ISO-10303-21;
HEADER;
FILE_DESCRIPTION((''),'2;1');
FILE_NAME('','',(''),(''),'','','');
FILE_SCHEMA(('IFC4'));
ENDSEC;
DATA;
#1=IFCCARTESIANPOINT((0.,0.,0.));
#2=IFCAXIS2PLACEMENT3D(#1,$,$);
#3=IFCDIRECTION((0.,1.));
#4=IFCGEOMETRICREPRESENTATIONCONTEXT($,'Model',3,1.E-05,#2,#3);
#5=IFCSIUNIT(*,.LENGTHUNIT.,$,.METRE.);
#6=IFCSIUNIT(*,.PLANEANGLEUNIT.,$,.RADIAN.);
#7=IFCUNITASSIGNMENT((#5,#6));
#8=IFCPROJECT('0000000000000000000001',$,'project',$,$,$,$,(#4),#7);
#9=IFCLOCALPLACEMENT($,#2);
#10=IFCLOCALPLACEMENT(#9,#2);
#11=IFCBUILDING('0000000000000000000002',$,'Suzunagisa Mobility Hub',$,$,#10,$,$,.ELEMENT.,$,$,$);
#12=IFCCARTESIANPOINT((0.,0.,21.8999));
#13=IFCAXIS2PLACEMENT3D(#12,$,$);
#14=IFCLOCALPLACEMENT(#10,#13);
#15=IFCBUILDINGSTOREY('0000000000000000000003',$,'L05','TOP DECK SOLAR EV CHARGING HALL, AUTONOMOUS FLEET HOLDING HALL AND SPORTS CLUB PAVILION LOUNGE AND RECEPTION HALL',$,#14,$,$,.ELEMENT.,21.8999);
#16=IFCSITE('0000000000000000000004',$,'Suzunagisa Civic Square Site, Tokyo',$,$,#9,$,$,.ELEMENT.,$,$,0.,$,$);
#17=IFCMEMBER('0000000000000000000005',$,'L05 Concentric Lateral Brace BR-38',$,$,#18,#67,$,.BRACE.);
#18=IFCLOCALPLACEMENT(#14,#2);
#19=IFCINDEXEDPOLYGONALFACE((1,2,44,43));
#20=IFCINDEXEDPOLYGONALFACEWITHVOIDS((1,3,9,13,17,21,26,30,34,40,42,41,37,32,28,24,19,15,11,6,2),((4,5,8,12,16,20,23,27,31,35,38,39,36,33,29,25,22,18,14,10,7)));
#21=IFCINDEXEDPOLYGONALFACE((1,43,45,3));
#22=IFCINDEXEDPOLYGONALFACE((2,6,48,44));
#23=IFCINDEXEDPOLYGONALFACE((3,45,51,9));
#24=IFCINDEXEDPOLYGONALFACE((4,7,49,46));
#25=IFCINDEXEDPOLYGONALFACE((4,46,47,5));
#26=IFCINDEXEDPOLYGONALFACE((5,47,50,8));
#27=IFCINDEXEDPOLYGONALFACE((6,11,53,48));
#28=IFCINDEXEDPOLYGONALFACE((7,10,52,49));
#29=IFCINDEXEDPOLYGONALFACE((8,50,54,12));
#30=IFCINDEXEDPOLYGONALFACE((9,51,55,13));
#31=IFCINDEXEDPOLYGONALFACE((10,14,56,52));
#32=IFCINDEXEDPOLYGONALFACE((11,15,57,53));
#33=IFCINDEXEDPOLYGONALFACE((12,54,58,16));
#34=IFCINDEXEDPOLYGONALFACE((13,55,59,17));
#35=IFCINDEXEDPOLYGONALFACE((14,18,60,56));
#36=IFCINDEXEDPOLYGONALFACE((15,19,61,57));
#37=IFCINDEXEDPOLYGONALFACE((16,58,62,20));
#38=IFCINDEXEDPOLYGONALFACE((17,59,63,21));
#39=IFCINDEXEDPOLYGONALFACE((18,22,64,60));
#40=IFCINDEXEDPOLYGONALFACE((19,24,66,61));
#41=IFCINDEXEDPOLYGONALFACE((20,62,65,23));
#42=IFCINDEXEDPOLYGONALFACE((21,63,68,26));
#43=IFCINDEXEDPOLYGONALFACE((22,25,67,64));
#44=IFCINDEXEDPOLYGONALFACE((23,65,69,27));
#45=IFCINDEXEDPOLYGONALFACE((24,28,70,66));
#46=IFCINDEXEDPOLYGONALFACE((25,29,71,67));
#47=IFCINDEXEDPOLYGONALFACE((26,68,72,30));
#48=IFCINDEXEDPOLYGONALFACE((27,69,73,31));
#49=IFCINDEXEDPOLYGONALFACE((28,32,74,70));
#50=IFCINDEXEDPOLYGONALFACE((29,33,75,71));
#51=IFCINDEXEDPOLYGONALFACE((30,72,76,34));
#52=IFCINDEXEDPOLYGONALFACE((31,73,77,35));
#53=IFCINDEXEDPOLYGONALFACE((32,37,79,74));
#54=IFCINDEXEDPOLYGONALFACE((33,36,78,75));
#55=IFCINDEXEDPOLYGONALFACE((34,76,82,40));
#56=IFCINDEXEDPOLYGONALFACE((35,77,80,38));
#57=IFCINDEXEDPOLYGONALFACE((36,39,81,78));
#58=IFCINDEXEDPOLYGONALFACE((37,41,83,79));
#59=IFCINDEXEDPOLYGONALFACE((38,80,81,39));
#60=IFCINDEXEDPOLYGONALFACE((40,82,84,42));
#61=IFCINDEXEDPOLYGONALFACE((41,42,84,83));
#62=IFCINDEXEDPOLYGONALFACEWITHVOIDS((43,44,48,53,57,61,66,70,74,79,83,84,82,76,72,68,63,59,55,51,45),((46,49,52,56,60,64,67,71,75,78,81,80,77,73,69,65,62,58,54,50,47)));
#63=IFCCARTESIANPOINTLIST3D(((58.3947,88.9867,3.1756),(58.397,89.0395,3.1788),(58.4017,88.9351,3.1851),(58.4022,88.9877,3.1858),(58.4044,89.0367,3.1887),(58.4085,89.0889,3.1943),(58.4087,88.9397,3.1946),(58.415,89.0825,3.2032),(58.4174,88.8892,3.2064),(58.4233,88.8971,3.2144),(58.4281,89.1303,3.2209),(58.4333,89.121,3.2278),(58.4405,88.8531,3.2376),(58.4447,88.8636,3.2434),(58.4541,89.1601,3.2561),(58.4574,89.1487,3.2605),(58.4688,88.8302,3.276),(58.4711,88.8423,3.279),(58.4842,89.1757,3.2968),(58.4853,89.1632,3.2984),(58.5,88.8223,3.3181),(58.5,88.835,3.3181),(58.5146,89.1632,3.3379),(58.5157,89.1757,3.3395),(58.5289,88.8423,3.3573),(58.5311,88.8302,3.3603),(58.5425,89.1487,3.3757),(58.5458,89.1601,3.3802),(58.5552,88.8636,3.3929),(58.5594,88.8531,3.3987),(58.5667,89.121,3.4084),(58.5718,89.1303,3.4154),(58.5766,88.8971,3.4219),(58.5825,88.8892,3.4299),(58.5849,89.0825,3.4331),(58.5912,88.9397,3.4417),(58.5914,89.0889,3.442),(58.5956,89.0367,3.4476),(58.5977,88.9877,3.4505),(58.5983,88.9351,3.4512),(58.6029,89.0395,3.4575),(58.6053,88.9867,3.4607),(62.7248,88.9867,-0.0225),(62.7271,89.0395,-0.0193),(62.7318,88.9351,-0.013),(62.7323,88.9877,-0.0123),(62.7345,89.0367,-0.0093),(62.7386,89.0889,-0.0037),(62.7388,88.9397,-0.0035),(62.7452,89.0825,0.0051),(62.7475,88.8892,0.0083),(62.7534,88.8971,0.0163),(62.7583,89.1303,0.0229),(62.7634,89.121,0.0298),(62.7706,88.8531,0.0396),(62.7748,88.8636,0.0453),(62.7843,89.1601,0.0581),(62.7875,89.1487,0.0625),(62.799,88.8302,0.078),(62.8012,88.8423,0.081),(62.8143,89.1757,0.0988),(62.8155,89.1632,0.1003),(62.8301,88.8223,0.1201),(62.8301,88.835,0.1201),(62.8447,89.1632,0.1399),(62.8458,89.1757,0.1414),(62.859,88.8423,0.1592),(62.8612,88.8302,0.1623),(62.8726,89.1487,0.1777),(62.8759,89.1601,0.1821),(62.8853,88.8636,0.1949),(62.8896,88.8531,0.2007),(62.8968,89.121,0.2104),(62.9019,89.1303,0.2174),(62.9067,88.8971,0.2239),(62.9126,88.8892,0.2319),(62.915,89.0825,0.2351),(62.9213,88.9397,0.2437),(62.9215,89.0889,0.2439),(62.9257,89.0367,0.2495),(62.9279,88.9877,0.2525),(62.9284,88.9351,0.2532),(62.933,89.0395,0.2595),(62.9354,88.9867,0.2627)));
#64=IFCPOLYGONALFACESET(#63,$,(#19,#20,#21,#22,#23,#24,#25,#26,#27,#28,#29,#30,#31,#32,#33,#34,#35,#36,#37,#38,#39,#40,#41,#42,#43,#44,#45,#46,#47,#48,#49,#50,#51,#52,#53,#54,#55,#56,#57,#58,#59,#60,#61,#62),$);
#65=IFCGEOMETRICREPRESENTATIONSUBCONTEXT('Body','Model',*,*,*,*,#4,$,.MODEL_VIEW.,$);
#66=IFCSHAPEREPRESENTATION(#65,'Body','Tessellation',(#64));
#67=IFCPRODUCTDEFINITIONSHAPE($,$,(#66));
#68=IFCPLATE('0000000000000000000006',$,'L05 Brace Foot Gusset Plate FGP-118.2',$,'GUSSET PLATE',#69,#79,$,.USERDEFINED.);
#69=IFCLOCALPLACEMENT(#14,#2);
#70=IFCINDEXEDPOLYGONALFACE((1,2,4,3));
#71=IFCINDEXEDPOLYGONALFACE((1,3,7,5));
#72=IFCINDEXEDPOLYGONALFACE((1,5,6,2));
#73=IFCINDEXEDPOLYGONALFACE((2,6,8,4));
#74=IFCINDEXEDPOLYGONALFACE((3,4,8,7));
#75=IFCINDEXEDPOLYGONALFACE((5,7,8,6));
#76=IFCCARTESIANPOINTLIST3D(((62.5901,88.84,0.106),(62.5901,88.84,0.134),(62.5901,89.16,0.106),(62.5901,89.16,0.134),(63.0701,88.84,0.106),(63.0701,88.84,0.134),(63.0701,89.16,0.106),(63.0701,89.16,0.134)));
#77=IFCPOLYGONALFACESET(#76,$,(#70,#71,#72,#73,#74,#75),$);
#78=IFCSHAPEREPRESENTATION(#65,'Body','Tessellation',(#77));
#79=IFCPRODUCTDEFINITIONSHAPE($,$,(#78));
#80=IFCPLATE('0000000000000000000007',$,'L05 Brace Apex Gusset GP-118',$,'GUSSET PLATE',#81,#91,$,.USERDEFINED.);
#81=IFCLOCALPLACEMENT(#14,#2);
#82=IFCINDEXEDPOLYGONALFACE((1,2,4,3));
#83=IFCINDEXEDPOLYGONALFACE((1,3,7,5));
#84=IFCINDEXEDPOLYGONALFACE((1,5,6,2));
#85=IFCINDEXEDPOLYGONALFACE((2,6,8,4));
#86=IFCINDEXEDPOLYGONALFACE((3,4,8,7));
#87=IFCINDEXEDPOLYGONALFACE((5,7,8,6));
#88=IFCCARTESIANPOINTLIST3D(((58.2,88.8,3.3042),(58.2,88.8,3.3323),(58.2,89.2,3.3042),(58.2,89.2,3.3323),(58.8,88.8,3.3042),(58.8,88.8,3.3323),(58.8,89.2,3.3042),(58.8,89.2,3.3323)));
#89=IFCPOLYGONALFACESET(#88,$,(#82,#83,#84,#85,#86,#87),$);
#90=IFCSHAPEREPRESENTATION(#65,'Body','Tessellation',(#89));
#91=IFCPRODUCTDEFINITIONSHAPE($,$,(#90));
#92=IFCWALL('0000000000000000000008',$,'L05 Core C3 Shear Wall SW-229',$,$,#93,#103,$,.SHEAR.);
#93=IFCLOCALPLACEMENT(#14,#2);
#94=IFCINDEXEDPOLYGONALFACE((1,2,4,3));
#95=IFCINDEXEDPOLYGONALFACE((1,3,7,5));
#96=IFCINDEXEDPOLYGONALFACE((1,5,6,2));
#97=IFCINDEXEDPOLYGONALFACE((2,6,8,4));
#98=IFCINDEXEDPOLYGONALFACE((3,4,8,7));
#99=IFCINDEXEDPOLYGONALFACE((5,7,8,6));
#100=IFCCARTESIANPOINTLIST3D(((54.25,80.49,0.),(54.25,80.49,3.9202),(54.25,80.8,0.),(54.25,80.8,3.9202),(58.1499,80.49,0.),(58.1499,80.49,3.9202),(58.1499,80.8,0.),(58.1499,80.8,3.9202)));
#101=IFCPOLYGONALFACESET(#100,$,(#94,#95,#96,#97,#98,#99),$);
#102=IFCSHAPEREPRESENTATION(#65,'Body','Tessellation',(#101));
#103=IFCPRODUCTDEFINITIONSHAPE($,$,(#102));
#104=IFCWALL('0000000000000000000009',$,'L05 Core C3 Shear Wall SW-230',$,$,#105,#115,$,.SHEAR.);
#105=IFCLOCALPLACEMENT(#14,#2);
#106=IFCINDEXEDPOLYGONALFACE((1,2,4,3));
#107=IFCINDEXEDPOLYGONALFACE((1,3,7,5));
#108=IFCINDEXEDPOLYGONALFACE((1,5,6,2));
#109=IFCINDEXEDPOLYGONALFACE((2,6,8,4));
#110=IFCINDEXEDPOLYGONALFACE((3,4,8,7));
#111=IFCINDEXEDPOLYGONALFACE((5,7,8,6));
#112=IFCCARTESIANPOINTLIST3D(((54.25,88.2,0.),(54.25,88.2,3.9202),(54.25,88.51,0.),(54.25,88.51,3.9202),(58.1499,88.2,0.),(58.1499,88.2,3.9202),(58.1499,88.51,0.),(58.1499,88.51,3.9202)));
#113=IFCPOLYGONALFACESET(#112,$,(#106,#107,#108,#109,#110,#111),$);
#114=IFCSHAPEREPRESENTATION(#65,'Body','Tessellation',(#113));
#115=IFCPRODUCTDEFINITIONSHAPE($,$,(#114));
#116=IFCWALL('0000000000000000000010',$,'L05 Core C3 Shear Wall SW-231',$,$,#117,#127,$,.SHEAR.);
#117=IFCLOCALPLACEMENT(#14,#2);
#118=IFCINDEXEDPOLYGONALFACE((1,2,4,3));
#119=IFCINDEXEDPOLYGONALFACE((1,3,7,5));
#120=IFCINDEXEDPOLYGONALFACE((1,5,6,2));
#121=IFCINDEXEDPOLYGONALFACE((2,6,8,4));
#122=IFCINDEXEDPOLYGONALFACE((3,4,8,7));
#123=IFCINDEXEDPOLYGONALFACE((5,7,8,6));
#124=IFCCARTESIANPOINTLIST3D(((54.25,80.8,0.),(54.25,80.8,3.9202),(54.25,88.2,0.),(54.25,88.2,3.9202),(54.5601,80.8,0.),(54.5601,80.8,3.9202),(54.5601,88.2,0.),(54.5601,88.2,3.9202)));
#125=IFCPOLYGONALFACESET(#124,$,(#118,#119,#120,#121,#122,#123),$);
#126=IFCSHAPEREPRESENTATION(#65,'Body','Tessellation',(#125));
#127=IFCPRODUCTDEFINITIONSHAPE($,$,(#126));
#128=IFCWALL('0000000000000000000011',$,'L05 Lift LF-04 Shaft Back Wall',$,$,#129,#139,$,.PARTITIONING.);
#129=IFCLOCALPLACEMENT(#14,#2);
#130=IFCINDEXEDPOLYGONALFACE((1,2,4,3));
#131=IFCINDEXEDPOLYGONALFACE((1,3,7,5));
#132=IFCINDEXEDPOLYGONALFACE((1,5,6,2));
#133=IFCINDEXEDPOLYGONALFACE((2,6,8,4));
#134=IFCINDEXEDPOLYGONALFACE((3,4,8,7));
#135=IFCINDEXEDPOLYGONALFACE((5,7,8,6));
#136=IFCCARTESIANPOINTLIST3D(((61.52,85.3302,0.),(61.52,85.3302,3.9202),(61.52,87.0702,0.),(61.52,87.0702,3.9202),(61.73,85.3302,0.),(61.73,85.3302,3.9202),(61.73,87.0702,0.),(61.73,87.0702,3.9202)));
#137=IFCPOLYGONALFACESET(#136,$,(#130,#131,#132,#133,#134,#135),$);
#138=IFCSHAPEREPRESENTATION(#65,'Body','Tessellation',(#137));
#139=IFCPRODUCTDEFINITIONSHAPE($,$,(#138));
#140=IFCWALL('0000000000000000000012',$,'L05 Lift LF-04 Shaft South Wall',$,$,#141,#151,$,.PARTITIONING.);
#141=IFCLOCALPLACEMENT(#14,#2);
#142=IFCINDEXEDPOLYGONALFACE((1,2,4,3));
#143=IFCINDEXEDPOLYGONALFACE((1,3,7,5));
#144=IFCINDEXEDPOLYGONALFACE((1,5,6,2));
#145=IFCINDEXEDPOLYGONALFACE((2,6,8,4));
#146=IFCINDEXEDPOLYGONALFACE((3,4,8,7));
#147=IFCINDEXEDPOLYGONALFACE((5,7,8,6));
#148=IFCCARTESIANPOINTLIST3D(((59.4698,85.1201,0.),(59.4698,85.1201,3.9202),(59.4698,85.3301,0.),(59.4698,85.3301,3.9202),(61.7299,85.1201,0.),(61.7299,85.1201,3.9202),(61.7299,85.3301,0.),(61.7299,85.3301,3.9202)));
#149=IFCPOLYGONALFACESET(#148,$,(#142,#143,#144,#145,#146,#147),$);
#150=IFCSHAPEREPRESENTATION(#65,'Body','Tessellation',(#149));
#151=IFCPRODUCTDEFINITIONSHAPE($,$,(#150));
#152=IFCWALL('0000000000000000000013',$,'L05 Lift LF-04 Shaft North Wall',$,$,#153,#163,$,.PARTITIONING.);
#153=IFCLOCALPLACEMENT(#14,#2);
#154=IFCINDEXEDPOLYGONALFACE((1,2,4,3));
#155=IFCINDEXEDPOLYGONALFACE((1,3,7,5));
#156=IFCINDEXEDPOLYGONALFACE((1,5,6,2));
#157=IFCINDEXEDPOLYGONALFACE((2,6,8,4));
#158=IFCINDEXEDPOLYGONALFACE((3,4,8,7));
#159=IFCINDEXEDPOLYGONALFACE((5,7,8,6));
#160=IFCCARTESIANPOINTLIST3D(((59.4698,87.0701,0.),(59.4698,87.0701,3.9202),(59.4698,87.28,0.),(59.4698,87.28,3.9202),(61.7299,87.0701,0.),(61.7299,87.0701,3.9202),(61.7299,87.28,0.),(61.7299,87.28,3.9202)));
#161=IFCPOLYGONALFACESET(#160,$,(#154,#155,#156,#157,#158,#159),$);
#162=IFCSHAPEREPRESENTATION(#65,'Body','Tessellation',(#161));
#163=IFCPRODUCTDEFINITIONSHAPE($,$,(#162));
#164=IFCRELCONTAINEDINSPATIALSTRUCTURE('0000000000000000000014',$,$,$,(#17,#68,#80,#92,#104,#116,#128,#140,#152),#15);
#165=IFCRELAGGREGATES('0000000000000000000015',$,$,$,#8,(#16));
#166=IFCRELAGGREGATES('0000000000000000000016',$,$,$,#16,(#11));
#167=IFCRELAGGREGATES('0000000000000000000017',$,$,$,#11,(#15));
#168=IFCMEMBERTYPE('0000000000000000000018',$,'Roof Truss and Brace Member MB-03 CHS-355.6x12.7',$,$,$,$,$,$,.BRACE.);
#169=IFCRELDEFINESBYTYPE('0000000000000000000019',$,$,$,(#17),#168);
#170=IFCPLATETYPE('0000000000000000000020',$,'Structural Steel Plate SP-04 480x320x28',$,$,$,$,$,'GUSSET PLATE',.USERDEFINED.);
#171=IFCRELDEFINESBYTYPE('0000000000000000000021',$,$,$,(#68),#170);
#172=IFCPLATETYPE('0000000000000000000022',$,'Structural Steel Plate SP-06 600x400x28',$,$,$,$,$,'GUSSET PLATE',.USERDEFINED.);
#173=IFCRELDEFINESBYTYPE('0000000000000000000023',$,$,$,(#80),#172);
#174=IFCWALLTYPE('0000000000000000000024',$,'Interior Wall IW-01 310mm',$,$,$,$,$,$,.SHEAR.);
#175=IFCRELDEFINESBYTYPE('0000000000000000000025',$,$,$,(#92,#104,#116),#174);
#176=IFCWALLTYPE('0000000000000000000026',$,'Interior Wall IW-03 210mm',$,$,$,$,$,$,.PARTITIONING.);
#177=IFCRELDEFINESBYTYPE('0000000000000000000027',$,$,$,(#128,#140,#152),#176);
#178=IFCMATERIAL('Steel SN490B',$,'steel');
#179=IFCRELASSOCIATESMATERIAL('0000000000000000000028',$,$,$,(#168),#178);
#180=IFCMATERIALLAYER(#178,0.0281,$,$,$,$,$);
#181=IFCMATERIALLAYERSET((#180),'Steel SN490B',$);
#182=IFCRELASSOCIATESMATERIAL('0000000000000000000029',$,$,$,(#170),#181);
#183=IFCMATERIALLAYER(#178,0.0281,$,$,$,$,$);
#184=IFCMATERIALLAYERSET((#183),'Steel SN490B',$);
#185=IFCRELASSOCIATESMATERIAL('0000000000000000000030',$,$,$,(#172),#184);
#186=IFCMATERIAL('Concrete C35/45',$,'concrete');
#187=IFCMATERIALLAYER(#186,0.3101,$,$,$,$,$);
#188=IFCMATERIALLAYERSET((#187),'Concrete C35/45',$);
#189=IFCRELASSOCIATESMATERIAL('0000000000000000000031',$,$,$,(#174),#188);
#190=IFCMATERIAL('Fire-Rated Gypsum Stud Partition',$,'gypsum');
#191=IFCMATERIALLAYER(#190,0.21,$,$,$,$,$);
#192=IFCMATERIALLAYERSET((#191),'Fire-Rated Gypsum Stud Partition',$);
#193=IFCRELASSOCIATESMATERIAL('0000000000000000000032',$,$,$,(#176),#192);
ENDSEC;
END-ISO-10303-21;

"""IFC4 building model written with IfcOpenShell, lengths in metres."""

from ifc_helpers import new_model, si_unit, direction, frame, frame_2d, origin, origin_2d, place, context, subcontext, project, spatial, rectangle, hollow_circle, extrude, material, layer, layer_set, material_profile, profile_set, type_object, element, save


model = new_model("IFC4")

# Units and contexts
model_context = context("Model", 3, precision=1e-05, world=origin(), true_north=direction((0.0, 1.0)))
body_context = subcontext(model_context, "Body", "Model", "MODEL_VIEW")
ifc_project = project(units=[si_unit("LENGTHUNIT", "METRE"), si_unit("PLANEANGLEUNIT", "RADIAN")], contexts=[model_context])

# Site, building, storey
site_placement = place(None, origin())
site = spatial("IfcSite", under=ifc_project, at=site_placement, Name="Suzunagisa Civic Square Site, Tokyo", CompositionType="ELEMENT", RefElevation=0.0)
building_placement = place(site_placement, origin())
building = spatial("IfcBuilding", under=site, at=building_placement, Name="Suzunagisa Mobility Hub", CompositionType="ELEMENT")
storey_placement = place(building_placement, frame((0.0, 0.0, 21.8999)))
storey = spatial("IfcBuildingStorey", under=building, at=storey_placement, Name="L05", Description="TOP DECK SOLAR EV CHARGING HALL, AUTONOMOUS FLEET HOLDING HALL AND SPORTS CLUB PAVILION LOUNGE AND RECEPTION HALL", CompositionType="ELEMENT", Elevation=21.8999)

# Member
ifc_material_1 = material(Name="Steel SN490B", Category="steel")
ifc_material_profile = material_profile(ifc_material_1, hollow_circle(Radius=0.1777, WallThickness=0.0127, at=origin_2d()), Name="CHS-355.6x12.7")
ifc_profile_set = profile_set([ifc_material_profile], Name="Steel SN490B")
member_type = type_object("IfcMemberType", Name="Roof Truss and Brace Member MB-03 CHS-355.6x12.7", PredefinedType="BRACE", material=ifc_profile_set)
member_placement = place(storey_placement, frame((62.8301, 89.0, 0.1201), z_axis=(-0.804398, 0.0, 0.594091), x_axis=(0.0, -1.0, 0.0)))
element("IfcMember", 1, at=member_placement, inside=storey, type_object=member_type, Name="L05 Concentric Lateral Brace BR-38", PredefinedType="BRACE", context=body_context, shape_type="SweptSolid", body=[
    extrude(hollow_circle(Radius=0.1777, WallThickness=0.0127, at=origin_2d()), origin(), (0.0, 0.0, 1.0), 5.3831),
])

# Plates
ifc_layer_1 = layer(ifc_material_1, 0.0281)
ifc_layer_set_1 = layer_set([ifc_layer_1], Name="Steel SN490B")
plate_type_1 = type_object("IfcPlateType", Name="Structural Steel Plate SP-04 480x320x28", ElementType="GUSSET PLATE", PredefinedType="USERDEFINED", material=ifc_layer_set_1)
plate_1_placement = place(storey_placement, frame((62.8301, 89.0, 0.106), z_axis=(0.0, 0.0, 1.0), x_axis=(1.0, 0.0, 0.0)))
element("IfcPlate", 2, at=plate_1_placement, inside=storey, type_object=plate_type_1, Name="L05 Brace Foot Gusset Plate FGP-118.2", ObjectType="GUSSET PLATE", PredefinedType="USERDEFINED", context=body_context, shape_type="SweptSolid", body=[
    extrude(rectangle(XDim=0.48, YDim=0.3201, at=origin_2d()), origin(), (0.0, 0.0, 1.0), 0.0281),
])
ifc_layer_2 = layer(ifc_material_1, 0.0281)
ifc_layer_set_2 = layer_set([ifc_layer_2], Name="Steel SN490B")
plate_type_2 = type_object("IfcPlateType", Name="Structural Steel Plate SP-06 600x400x28", ElementType="GUSSET PLATE", PredefinedType="USERDEFINED", material=ifc_layer_set_2)
plate_2_placement = place(storey_placement, frame((58.5, 89.0, 3.3042), z_axis=(0.0, 0.0, 1.0), x_axis=(1.0, 0.0, 0.0)))
element("IfcPlate", 3, at=plate_2_placement, inside=storey, type_object=plate_type_2, Name="L05 Brace Apex Gusset GP-118", ObjectType="GUSSET PLATE", PredefinedType="USERDEFINED", context=body_context, shape_type="SweptSolid", body=[
    extrude(rectangle(XDim=0.6001, YDim=0.3999, at=origin_2d()), origin(), (0.0, 0.0, 1.0), 0.0281),
])

# Walls
ifc_material_2 = material(Name="Concrete C35/45", Category="concrete")
ifc_layer_3 = layer(ifc_material_2, 0.3101)
ifc_layer_set_3 = layer_set([ifc_layer_3], Name="Concrete C35/45")
wall_type_1 = type_object("IfcWallType", Name="Interior Wall IW-01 310mm", PredefinedType="SHEAR", material=ifc_layer_set_3)
for number, where, z_axis, x_axis, name in (
    (4, (54.25, 80.645, 0.0), (0.0, 0.0, 1.0), (1.0, 0.0, 0.0), "L05 Core C3 Shear Wall SW-229"),
    (5, (54.25, 88.355, 0.0), (0.0, 0.0, 1.0), (1.0, 0.0, 0.0), "L05 Core C3 Shear Wall SW-230"),
):
    element("IfcWall", number, at=place(storey_placement, frame(where, z_axis=z_axis, x_axis=x_axis)), inside=storey, type_object=wall_type_1, Name=name, PredefinedType="SHEAR", context=body_context, shape_type="SweptSolid", body=[
        extrude(rectangle(XDim=3.8999, YDim=0.3101, at=frame_2d((1.95, 0.0))), origin(), (0.0, 0.0, 1.0), 3.9202),
    ])
wall_1_placement = place(storey_placement, frame((54.405, 80.8, 0.0), z_axis=(0.0, 0.0, 1.0), x_axis=(0.0, 1.0, 0.0)))
element("IfcWall", 6, at=wall_1_placement, inside=storey, type_object=wall_type_1, Name="L05 Core C3 Shear Wall SW-231", PredefinedType="SHEAR", context=body_context, shape_type="SweptSolid", body=[
    extrude(rectangle(XDim=7.3999, YDim=0.3101, at=frame_2d((3.7, 0.0))), origin(), (0.0, 0.0, 1.0), 3.9202),
])

# Shared definitions
ifc_material_3 = material(Name="Fire-Rated Gypsum Stud Partition", Category="gypsum")
ifc_layer_4 = layer(ifc_material_3, 0.21)
ifc_layer_set_4 = layer_set([ifc_layer_4], Name="Fire-Rated Gypsum Stud Partition")
wall_type_2 = type_object("IfcWallType", Name="Interior Wall IW-03 210mm", PredefinedType="PARTITIONING", material=ifc_layer_set_4)

# Walls
wall_2_placement = place(storey_placement, frame((61.625, 85.3301, 0.0), z_axis=(0.0, 0.0, 1.0), x_axis=(0.0, 1.0, 0.0)))
element("IfcWall", 7, at=wall_2_placement, inside=storey, type_object=wall_type_2, Name="L05 Lift LF-04 Shaft Back Wall", PredefinedType="PARTITIONING", context=body_context, shape_type="SweptSolid", body=[
    extrude(rectangle(XDim=1.74, YDim=0.21, at=frame_2d((0.8701, 0.0))), origin(), (0.0, 0.0, 1.0), 3.9202),
])
for number, where, z_axis, x_axis, name in (
    (8, (59.47, 85.2251, 0.0), (0.0, 0.0, 1.0), (1.0, 0.0, 0.0), "L05 Lift LF-04 Shaft South Wall"),
    (9, (59.47, 87.175, 0.0), (0.0, 0.0, 1.0), (1.0, 0.0, 0.0), "L05 Lift LF-04 Shaft North Wall"),
):
    element("IfcWall", number, at=place(storey_placement, frame(where, z_axis=z_axis, x_axis=x_axis)), inside=storey, type_object=wall_type_2, Name=name, PredefinedType="PARTITIONING", context=body_context, shape_type="SweptSolid", body=[
        extrude(rectangle(XDim=2.26, YDim=0.21, at=frame_2d((1.1299, 0.0))), origin(), (0.0, 0.0, 1.0), 3.9202),
    ])

save(model, "model.ifc")
